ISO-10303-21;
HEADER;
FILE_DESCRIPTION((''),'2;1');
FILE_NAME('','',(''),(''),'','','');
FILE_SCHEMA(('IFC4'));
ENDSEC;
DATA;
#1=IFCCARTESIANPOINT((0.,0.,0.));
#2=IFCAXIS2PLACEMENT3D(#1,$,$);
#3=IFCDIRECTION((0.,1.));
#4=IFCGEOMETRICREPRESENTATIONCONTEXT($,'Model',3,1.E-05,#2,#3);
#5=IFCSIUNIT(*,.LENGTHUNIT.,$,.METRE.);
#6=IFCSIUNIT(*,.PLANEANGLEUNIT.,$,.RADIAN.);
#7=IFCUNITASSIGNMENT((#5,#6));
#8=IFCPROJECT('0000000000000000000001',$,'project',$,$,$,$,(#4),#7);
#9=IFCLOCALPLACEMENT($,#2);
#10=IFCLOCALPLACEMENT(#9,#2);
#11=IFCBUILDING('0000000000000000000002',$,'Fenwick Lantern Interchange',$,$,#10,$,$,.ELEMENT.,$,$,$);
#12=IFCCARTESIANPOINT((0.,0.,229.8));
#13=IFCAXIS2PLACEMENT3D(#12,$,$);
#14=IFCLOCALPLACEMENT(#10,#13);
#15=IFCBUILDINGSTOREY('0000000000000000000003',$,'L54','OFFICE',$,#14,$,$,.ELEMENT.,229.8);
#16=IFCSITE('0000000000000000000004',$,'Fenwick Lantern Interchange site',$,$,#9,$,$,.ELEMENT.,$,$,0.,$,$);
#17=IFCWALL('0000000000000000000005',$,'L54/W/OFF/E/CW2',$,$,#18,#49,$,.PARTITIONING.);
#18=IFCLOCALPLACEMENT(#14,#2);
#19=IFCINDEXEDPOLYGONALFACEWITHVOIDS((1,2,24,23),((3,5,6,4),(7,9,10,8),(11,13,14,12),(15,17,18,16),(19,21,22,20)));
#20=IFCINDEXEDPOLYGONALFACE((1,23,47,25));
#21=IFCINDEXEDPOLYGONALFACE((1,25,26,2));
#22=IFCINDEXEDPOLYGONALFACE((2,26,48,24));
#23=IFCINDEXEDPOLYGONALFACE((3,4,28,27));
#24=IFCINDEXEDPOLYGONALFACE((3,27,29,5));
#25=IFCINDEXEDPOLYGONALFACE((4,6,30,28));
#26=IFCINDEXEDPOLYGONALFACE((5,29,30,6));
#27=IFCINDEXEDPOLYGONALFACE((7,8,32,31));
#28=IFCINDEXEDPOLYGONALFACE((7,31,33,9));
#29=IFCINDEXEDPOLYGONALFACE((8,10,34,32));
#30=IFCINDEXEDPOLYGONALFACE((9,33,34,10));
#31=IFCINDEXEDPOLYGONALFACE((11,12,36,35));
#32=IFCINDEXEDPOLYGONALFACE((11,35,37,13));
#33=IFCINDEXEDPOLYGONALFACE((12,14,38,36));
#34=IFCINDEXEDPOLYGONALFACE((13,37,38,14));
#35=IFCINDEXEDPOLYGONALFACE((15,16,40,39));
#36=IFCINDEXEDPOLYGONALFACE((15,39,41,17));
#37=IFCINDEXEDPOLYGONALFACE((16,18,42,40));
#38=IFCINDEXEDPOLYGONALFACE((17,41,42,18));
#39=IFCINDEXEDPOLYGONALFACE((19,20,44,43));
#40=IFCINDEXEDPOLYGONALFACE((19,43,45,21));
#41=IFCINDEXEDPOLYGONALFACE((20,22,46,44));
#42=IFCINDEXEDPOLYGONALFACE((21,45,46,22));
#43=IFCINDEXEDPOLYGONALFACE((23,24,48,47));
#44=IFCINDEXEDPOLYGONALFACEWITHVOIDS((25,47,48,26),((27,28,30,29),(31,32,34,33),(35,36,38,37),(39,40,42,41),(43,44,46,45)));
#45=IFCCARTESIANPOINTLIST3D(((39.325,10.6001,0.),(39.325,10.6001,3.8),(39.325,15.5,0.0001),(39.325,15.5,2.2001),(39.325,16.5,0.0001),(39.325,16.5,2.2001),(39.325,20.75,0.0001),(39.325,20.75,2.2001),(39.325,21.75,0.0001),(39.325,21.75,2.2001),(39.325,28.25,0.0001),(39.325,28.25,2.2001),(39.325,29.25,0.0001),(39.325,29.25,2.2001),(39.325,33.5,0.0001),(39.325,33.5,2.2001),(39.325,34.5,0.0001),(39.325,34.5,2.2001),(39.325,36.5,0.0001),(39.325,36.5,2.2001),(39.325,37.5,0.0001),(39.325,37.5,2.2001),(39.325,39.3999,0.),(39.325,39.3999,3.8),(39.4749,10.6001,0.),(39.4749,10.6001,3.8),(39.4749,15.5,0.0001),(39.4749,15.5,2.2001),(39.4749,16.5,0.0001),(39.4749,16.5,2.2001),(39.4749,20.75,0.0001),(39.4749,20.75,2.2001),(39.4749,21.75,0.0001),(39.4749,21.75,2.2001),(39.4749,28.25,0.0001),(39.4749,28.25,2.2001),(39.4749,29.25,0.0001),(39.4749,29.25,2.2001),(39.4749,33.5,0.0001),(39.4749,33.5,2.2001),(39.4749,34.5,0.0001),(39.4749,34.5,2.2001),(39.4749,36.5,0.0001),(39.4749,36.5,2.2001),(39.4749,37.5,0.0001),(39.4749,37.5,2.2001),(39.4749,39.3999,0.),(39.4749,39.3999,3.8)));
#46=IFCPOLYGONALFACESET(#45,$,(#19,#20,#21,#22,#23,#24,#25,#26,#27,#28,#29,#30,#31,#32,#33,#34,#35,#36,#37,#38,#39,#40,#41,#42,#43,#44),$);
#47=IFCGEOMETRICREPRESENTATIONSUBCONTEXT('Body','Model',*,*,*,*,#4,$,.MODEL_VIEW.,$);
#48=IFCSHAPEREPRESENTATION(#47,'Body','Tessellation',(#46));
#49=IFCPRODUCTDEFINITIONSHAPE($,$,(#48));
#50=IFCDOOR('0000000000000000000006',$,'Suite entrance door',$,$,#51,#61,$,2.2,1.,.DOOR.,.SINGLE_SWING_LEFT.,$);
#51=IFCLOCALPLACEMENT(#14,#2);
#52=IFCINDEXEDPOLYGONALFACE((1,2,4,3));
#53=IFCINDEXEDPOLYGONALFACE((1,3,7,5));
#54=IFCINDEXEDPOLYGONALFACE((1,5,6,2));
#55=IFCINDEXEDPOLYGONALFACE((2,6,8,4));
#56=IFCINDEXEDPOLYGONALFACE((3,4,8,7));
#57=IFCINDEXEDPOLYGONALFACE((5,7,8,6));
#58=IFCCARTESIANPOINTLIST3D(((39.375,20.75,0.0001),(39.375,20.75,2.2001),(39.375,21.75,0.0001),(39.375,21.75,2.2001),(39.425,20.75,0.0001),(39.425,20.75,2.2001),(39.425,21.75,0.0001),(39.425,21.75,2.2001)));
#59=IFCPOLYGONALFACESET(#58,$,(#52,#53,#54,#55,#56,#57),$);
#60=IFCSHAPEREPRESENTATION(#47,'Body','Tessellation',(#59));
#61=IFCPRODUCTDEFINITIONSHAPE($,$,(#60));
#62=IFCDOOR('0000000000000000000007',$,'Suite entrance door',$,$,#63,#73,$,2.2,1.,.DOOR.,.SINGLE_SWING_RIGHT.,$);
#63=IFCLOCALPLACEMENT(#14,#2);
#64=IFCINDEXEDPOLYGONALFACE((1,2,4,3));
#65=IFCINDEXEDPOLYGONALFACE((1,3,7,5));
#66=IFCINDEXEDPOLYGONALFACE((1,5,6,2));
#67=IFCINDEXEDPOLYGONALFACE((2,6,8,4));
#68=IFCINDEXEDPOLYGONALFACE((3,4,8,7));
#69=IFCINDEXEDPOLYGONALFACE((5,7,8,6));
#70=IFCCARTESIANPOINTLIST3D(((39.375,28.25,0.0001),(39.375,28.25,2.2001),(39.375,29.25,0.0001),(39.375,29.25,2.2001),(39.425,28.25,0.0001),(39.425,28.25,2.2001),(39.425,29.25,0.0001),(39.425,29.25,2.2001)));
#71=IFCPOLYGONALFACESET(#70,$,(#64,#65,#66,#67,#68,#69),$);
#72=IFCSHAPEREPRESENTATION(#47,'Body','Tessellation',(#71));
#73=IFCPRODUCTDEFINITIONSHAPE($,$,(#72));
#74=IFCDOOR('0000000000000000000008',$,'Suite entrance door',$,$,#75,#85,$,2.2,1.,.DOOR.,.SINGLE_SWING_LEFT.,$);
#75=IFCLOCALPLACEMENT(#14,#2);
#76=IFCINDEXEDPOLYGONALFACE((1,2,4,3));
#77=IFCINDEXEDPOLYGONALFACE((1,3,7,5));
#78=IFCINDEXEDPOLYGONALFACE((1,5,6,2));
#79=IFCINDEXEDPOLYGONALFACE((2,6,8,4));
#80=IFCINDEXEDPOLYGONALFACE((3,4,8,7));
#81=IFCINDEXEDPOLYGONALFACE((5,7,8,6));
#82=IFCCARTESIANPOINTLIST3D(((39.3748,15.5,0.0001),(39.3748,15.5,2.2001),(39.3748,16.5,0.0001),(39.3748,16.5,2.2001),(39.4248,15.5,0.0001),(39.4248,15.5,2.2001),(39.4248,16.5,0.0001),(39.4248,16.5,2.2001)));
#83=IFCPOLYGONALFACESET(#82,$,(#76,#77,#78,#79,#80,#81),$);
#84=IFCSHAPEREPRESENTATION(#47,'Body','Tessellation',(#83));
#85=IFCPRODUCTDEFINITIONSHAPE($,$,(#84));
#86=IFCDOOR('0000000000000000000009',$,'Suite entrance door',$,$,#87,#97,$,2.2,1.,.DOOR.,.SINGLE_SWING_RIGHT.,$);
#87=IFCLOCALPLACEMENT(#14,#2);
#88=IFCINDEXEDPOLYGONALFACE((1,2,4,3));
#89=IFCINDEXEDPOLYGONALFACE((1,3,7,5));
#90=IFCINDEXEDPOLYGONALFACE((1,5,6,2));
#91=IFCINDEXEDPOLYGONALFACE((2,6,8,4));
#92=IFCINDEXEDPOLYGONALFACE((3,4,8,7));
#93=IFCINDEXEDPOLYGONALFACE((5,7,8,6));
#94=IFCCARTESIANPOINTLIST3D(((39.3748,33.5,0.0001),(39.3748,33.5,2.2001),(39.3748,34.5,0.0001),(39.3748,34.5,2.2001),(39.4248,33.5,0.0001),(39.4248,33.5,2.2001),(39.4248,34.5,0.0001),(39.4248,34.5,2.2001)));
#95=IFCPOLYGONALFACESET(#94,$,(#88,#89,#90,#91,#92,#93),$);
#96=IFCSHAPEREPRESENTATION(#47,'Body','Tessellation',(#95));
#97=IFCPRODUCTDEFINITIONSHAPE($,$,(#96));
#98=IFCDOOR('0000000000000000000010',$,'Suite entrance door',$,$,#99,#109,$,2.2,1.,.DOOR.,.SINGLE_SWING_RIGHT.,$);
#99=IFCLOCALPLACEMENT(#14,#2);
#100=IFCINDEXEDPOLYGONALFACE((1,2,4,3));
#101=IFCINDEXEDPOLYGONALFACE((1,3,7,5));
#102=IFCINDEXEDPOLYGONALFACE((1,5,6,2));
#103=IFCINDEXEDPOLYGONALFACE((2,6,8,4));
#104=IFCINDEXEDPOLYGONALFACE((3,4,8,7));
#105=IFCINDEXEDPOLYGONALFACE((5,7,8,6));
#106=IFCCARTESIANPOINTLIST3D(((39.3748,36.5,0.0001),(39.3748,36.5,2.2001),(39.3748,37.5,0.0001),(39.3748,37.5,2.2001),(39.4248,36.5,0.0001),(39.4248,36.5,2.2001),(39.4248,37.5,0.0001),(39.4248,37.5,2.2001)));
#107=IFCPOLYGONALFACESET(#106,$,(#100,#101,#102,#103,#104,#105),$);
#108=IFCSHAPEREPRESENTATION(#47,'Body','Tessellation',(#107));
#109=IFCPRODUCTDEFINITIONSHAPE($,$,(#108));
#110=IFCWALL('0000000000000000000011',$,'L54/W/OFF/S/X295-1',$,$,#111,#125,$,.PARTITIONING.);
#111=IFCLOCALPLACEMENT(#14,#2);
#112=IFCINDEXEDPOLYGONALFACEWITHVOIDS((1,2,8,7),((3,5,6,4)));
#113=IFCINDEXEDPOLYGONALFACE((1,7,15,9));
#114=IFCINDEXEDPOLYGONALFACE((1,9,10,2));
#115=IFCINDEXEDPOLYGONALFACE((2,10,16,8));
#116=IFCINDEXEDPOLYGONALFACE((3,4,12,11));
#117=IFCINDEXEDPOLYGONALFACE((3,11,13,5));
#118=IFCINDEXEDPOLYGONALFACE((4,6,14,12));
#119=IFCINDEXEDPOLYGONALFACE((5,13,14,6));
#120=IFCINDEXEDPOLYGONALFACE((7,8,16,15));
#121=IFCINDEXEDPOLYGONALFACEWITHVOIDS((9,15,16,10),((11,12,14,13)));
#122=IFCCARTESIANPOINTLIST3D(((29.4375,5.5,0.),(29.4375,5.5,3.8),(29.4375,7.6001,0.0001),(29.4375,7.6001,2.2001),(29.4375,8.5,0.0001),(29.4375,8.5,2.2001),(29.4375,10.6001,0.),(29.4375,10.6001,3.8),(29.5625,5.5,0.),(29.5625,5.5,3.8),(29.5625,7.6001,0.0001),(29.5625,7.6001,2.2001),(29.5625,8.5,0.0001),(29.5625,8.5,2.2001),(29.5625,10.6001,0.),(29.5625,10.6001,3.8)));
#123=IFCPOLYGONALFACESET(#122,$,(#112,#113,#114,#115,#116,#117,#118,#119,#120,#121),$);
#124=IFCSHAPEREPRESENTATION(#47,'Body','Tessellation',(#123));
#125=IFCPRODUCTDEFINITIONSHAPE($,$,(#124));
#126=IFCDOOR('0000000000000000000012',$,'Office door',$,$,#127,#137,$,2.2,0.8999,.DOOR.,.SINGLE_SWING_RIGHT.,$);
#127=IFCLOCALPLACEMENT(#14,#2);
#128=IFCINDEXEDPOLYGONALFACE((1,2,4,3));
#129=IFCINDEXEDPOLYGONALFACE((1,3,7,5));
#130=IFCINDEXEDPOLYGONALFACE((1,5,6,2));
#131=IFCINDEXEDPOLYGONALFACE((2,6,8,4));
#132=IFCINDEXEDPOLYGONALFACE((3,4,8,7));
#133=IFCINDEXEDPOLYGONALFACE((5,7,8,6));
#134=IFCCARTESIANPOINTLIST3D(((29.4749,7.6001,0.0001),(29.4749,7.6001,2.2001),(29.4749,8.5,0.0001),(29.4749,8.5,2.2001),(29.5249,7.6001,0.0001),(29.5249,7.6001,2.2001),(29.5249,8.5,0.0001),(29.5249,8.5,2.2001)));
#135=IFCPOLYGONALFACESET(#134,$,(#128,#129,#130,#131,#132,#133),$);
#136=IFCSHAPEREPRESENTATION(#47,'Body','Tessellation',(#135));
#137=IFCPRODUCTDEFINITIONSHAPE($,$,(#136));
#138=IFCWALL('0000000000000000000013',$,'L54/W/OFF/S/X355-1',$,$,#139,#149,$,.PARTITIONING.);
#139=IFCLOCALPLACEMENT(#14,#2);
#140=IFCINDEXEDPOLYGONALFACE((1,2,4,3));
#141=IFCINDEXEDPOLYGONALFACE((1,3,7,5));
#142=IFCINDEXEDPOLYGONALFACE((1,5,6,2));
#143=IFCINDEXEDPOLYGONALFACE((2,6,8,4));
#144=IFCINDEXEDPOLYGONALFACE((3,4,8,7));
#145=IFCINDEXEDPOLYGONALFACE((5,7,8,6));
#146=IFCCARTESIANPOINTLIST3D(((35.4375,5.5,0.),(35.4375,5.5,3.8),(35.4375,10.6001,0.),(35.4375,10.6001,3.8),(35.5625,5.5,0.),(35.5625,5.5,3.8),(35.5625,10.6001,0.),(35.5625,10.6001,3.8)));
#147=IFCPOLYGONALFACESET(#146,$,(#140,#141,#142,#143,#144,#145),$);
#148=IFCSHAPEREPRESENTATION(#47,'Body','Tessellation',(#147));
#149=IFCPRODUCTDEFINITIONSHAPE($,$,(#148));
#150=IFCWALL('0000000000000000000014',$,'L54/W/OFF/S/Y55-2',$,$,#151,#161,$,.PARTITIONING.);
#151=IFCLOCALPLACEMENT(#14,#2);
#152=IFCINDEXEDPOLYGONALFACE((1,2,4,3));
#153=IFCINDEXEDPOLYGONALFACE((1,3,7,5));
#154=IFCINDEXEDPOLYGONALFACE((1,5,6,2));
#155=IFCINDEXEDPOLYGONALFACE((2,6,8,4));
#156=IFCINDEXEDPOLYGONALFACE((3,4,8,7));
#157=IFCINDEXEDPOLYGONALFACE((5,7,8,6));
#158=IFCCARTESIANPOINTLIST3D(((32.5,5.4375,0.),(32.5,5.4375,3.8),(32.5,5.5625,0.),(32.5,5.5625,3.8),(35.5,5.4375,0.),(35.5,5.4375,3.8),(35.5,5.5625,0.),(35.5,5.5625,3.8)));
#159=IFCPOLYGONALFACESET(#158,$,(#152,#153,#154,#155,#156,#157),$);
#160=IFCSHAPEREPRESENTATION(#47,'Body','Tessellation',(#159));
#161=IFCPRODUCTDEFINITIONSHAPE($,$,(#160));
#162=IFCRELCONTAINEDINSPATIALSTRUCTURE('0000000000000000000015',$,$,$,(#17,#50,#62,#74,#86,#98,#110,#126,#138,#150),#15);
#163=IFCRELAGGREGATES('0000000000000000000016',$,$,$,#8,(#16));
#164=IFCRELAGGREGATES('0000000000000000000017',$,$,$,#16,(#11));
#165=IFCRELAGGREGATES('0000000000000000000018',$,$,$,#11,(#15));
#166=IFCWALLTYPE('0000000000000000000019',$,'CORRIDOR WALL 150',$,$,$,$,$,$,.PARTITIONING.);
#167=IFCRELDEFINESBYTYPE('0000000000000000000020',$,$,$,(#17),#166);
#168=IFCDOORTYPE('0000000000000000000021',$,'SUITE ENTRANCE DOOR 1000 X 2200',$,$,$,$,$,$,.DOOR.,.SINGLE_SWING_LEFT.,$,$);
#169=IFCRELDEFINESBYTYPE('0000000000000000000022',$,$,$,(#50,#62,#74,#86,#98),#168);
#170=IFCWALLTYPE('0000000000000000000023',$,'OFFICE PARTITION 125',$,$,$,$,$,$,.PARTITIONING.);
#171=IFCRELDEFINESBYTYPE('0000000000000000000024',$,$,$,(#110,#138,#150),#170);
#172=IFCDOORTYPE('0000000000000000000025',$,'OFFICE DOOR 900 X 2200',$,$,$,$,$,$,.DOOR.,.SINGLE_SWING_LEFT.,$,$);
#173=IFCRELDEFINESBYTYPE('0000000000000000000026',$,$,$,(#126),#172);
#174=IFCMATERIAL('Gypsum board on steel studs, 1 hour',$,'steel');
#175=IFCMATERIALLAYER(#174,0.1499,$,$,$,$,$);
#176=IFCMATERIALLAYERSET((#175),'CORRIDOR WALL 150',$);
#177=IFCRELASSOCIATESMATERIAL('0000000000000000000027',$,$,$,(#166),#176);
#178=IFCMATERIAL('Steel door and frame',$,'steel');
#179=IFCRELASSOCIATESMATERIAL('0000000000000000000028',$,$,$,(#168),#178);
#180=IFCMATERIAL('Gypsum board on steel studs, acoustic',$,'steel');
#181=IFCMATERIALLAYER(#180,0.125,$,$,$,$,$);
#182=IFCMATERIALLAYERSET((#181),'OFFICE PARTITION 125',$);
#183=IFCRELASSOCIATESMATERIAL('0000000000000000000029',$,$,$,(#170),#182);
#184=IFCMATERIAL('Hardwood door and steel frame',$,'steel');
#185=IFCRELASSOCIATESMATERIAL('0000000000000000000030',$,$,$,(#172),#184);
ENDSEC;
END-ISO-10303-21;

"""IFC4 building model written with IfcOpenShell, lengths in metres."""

from ifc_helpers import new_model, si_unit, direction, frame, frame_2d, origin, place, context, subcontext, project, spatial, rectangle, extrude, material, layer, layer_set, type_object, element, fill, save


model = new_model("IFC4")

# Units and contexts
model_context = context("Model", 3, precision=1e-05, world=origin(), true_north=direction((0.0, 1.0)))
body_context = subcontext(model_context, "Body", "Model", "MODEL_VIEW")
ifc_project = project(units=[si_unit("LENGTHUNIT", "METRE"), si_unit("PLANEANGLEUNIT", "RADIAN")], contexts=[model_context])

# Site, building, storey
site_placement = place(None, origin())
site = spatial("IfcSite", under=ifc_project, at=site_placement, Name="Fenwick Lantern Interchange site", CompositionType="ELEMENT", RefElevation=0.0)
building_placement = place(site_placement, origin())
building = spatial("IfcBuilding", under=site, at=building_placement, Name="Fenwick Lantern Interchange", CompositionType="ELEMENT")
storey_placement = place(building_placement, frame((0.0, 0.0, 229.8)))
storey = spatial("IfcBuildingStorey", under=building, at=storey_placement, Name="L54", Description="OFFICE", CompositionType="ELEMENT", Elevation=229.8)

# Wall, openings, doors
ifc_material_1 = material(Name="Steel door and frame", Category="steel")
ifc_material_2 = material(Name="Gypsum board on steel studs, 1 hour", Category="steel")
ifc_layer_1 = layer(ifc_material_2, 0.1499)
ifc_layer_set_1 = layer_set([ifc_layer_1], Name="CORRIDOR WALL 150")
wall_type_1 = type_object("IfcWallType", Name="CORRIDOR WALL 150", PredefinedType="PARTITIONING", material=ifc_layer_set_1)
wall_1_placement = place(storey_placement, frame((39.3999, 10.6001, 0.0), z_axis=(0.0, 0.0, 1.0), x_axis=(0.0, 1.0, 0.0)))
wall_1 = element("IfcWall", 1, at=wall_1_placement, inside=storey, type_object=wall_type_1, Name="L54/W/OFF/E/CW2", PredefinedType="PARTITIONING", context=body_context, shape_type="SweptSolid", body=[
    extrude(rectangle(XDim=28.7998, YDim=0.1499, at=frame_2d((14.3999, 0.0))), origin(), (0.0, 0.0, 1.0), 3.8),
])
opening_1_placement = place(wall_1_placement, frame((10.1499, 0.0, 0.0)))
opening_1 = element("IfcOpeningElement", 2, at=opening_1_placement, cuts=wall_1, PredefinedType="OPENING", context=body_context, shape_type="SweptSolid", body=[
    extrude(rectangle(XDim=1.0, YDim=2.2, at=frame_2d((0.5, 1.1001))), frame((0.0, 0.085, 0.0), z_axis=(0.0, -1.0, 0.0), x_axis=(1.0, 0.0, 0.0)), (0.0, 0.0, 1.0), 0.1699),
])
opening_2_placement = place(wall_1_placement, frame((17.6499, 0.0, 0.0)))
opening_2 = element("IfcOpeningElement", 3, at=opening_2_placement, cuts=wall_1, PredefinedType="OPENING", context=body_context, shape_type="SweptSolid", body=[
    extrude(rectangle(XDim=1.0, YDim=2.2, at=frame_2d((0.5, 1.1001))), frame((0.0, 0.085, 0.0), z_axis=(0.0, -1.0, 0.0), x_axis=(1.0, 0.0, 0.0)), (0.0, 0.0, 1.0), 0.1699),
])
opening_3_placement = place(wall_1_placement, frame((4.8999, 0.0, 0.0)))
opening_3 = element("IfcOpeningElement", 4, at=opening_3_placement, cuts=wall_1, PredefinedType="OPENING", context=body_context, shape_type="SweptSolid", body=[
    extrude(rectangle(XDim=1.0, YDim=2.2, at=frame_2d((0.5, 1.1001))), frame((0.0, 0.085, 0.0), z_axis=(0.0, -1.0, 0.0), x_axis=(1.0, 0.0, 0.0)), (0.0, 0.0, 1.0), 0.1699),
])
opening_4_placement = place(wall_1_placement, frame((22.8999, 0.0, 0.0)))
opening_4 = element("IfcOpeningElement", 5, at=opening_4_placement, cuts=wall_1, PredefinedType="OPENING", context=body_context, shape_type="SweptSolid", body=[
    extrude(rectangle(XDim=1.0, YDim=2.2, at=frame_2d((0.5, 1.1001))), frame((0.0, 0.085, 0.0), z_axis=(0.0, -1.0, 0.0), x_axis=(1.0, 0.0, 0.0)), (0.0, 0.0, 1.0), 0.1699),
])
opening_5_placement = place(wall_1_placement, frame((25.8999, 0.0, 0.0)))
opening_5 = element("IfcOpeningElement", 6, at=opening_5_placement, cuts=wall_1, PredefinedType="OPENING", context=body_context, shape_type="SweptSolid", body=[
    extrude(rectangle(XDim=1.0, YDim=2.2, at=frame_2d((0.5, 1.1001))), frame((0.0, 0.085, 0.0), z_axis=(0.0, -1.0, 0.0), x_axis=(1.0, 0.0, 0.0)), (0.0, 0.0, 1.0), 0.1699),
])
door_type_1 = type_object("IfcDoorType", Name="SUITE ENTRANCE DOOR 1000 X 2200", OperationType="SINGLE_SWING_LEFT", PredefinedType="DOOR", material=ifc_material_1)
door_1_placement = place(opening_1_placement, origin())
door_1 = element("IfcDoor", 7, at=door_1_placement, inside=storey, type_object=door_type_1, Name="Suite entrance door", OperationType="SINGLE_SWING_LEFT", OverallHeight=2.2, OverallWidth=1.0, PredefinedType="DOOR", context=body_context, shape_type="SweptSolid", body=[
    extrude(rectangle(XDim=1.0, YDim=2.2, at=frame_2d((0.5, 1.1001))), frame((0.0, 0.0249, 0.0), z_axis=(0.0, -1.0, 0.0), x_axis=(1.0, 0.0, 0.0)), (0.0, 0.0, 1.0), 0.05),
])
fill(opening_1, door_1)
door_2_placement = place(opening_2_placement, origin())
door_2 = element("IfcDoor", 8, at=door_2_placement, inside=storey, type_object=door_type_1, Name="Suite entrance door", OperationType="SINGLE_SWING_RIGHT", OverallHeight=2.2, OverallWidth=1.0, PredefinedType="DOOR", context=body_context, shape_type="SweptSolid", body=[
    extrude(rectangle(XDim=1.0, YDim=2.2, at=frame_2d((0.5, 1.1001))), frame((0.0, 0.0249, 0.0), z_axis=(0.0, -1.0, 0.0), x_axis=(1.0, 0.0, 0.0)), (0.0, 0.0, 1.0), 0.05),
])
fill(opening_2, door_2)
door_3_placement = place(opening_3_placement, frame((1.0, 0.0, 0.0), z_axis=(0.0, 0.0, 1.0), x_axis=(-1.0, 0.0, 0.0)))
door_3 = element("IfcDoor", 9, at=door_3_placement, inside=storey, type_object=door_type_1, Name="Suite entrance door", OperationType="SINGLE_SWING_LEFT", OverallHeight=2.2, OverallWidth=1.0, PredefinedType="DOOR", context=body_context, shape_type="SweptSolid", body=[
    extrude(rectangle(XDim=1.0, YDim=2.2, at=frame_2d((0.5, 1.1001))), frame((0.0, 0.0249, 0.0), z_axis=(0.0, -1.0, 0.0), x_axis=(1.0, 0.0, 0.0)), (0.0, 0.0, 1.0), 0.05),
])
fill(opening_3, door_3)
door_4_placement = place(opening_4_placement, frame((1.0, 0.0, 0.0), z_axis=(0.0, 0.0, 1.0), x_axis=(-1.0, 0.0, 0.0)))
door_4 = element("IfcDoor", 10, at=door_4_placement, inside=storey, type_object=door_type_1, Name="Suite entrance door", OperationType="SINGLE_SWING_RIGHT", OverallHeight=2.2, OverallWidth=1.0, PredefinedType="DOOR", context=body_context, shape_type="SweptSolid", body=[
    extrude(rectangle(XDim=1.0, YDim=2.2, at=frame_2d((0.5, 1.1001))), frame((0.0, 0.0249, 0.0), z_axis=(0.0, -1.0, 0.0), x_axis=(1.0, 0.0, 0.0)), (0.0, 0.0, 1.0), 0.05),
])
fill(opening_4, door_4)
door_5_placement = place(opening_5_placement, frame((1.0, 0.0, 0.0), z_axis=(0.0, 0.0, 1.0), x_axis=(-1.0, 0.0, 0.0)))
door_5 = element("IfcDoor", 11, at=door_5_placement, inside=storey, type_object=door_type_1, Name="Suite entrance door", OperationType="SINGLE_SWING_RIGHT", OverallHeight=2.2, OverallWidth=1.0, PredefinedType="DOOR", context=body_context, shape_type="SweptSolid", body=[
    extrude(rectangle(XDim=1.0, YDim=2.2, at=frame_2d((0.5, 1.1001))), frame((0.0, 0.0249, 0.0), z_axis=(0.0, -1.0, 0.0), x_axis=(1.0, 0.0, 0.0)), (0.0, 0.0, 1.0), 0.05),
])
fill(opening_5, door_5)

# Wall, opening, door
ifc_material_3 = material(Name="Gypsum board on steel studs, acoustic", Category="steel")
ifc_layer_2 = layer(ifc_material_3, 0.125)
ifc_layer_set_2 = layer_set([ifc_layer_2], Name="OFFICE PARTITION 125")
wall_type_2 = type_object("IfcWallType", Name="OFFICE PARTITION 125", PredefinedType="PARTITIONING", material=ifc_layer_set_2)
wall_2_placement = place(storey_placement, frame((29.5, 5.5, 0.0), z_axis=(0.0, 0.0, 1.0), x_axis=(0.0, 1.0, 0.0)))
wall_2 = element("IfcWall", 12, at=wall_2_placement, inside=storey, type_object=wall_type_2, Name="L54/W/OFF/S/X295-1", PredefinedType="PARTITIONING", context=body_context, shape_type="SweptSolid", body=[
    extrude(rectangle(XDim=5.1001, YDim=0.125, at=frame_2d((2.55, 0.0))), origin(), (0.0, 0.0, 1.0), 3.8),
])
opening_6_placement = place(wall_2_placement, frame((2.1001, 0.0, 0.0)))
opening_6 = element("IfcOpeningElement", 13, at=opening_6_placement, cuts=wall_2, PredefinedType="OPENING", context=body_context, shape_type="SweptSolid", body=[
    extrude(rectangle(XDim=0.8999, YDim=2.2, at=frame_2d((0.45, 1.1001))), frame((0.0, 0.0725, 0.0), z_axis=(0.0, -1.0, 0.0), x_axis=(1.0, 0.0, 0.0)), (0.0, 0.0, 1.0), 0.145),
])
ifc_material_4 = material(Name="Hardwood door and steel frame", Category="steel")
door_type_2 = type_object("IfcDoorType", Name="OFFICE DOOR 900 X 2200", OperationType="SINGLE_SWING_LEFT", PredefinedType="DOOR", material=ifc_material_4)
door_6_placement = place(opening_6_placement, frame((0.8999, 0.0, 0.0), z_axis=(0.0, 0.0, 1.0), x_axis=(-1.0, 0.0, 0.0)))
door_6 = element("IfcDoor", 14, at=door_6_placement, inside=storey, type_object=door_type_2, Name="Office door", OperationType="SINGLE_SWING_RIGHT", OverallHeight=2.2, OverallWidth=0.8999, PredefinedType="DOOR", context=body_context, shape_type="SweptSolid", body=[
    extrude(rectangle(XDim=0.8999, YDim=2.2, at=frame_2d((0.45, 1.1001))), frame((0.0, 0.0249, 0.0), z_axis=(0.0, -1.0, 0.0), x_axis=(1.0, 0.0, 0.0)), (0.0, 0.0, 1.0), 0.05),
])
fill(opening_6, door_6)

# Walls
wall_3_placement = place(storey_placement, frame((35.5, 5.5, 0.0), z_axis=(0.0, 0.0, 1.0), x_axis=(0.0, 1.0, 0.0)))
element("IfcWall", 15, at=wall_3_placement, inside=storey, type_object=wall_type_2, Name="L54/W/OFF/S/X355-1", PredefinedType="PARTITIONING", context=body_context, shape_type="SweptSolid", body=[
    extrude(rectangle(XDim=5.1001, YDim=0.125, at=frame_2d((2.55, 0.0))), origin(), (0.0, 0.0, 1.0), 3.8),
])
wall_4_placement = place(storey_placement, frame((32.5, 5.5, 0.0), z_axis=(0.0, 0.0, 1.0), x_axis=(1.0, 0.0, 0.0)))
element("IfcWall", 16, at=wall_4_placement, inside=storey, type_object=wall_type_2, Name="L54/W/OFF/S/Y55-2", PredefinedType="PARTITIONING", context=body_context, shape_type="SweptSolid", body=[
    extrude(rectangle(XDim=3.0, YDim=0.125, at=frame_2d((1.5, 0.0))), origin(), (0.0, 0.0, 1.0), 3.8),
])

save(model, "model.ifc")
